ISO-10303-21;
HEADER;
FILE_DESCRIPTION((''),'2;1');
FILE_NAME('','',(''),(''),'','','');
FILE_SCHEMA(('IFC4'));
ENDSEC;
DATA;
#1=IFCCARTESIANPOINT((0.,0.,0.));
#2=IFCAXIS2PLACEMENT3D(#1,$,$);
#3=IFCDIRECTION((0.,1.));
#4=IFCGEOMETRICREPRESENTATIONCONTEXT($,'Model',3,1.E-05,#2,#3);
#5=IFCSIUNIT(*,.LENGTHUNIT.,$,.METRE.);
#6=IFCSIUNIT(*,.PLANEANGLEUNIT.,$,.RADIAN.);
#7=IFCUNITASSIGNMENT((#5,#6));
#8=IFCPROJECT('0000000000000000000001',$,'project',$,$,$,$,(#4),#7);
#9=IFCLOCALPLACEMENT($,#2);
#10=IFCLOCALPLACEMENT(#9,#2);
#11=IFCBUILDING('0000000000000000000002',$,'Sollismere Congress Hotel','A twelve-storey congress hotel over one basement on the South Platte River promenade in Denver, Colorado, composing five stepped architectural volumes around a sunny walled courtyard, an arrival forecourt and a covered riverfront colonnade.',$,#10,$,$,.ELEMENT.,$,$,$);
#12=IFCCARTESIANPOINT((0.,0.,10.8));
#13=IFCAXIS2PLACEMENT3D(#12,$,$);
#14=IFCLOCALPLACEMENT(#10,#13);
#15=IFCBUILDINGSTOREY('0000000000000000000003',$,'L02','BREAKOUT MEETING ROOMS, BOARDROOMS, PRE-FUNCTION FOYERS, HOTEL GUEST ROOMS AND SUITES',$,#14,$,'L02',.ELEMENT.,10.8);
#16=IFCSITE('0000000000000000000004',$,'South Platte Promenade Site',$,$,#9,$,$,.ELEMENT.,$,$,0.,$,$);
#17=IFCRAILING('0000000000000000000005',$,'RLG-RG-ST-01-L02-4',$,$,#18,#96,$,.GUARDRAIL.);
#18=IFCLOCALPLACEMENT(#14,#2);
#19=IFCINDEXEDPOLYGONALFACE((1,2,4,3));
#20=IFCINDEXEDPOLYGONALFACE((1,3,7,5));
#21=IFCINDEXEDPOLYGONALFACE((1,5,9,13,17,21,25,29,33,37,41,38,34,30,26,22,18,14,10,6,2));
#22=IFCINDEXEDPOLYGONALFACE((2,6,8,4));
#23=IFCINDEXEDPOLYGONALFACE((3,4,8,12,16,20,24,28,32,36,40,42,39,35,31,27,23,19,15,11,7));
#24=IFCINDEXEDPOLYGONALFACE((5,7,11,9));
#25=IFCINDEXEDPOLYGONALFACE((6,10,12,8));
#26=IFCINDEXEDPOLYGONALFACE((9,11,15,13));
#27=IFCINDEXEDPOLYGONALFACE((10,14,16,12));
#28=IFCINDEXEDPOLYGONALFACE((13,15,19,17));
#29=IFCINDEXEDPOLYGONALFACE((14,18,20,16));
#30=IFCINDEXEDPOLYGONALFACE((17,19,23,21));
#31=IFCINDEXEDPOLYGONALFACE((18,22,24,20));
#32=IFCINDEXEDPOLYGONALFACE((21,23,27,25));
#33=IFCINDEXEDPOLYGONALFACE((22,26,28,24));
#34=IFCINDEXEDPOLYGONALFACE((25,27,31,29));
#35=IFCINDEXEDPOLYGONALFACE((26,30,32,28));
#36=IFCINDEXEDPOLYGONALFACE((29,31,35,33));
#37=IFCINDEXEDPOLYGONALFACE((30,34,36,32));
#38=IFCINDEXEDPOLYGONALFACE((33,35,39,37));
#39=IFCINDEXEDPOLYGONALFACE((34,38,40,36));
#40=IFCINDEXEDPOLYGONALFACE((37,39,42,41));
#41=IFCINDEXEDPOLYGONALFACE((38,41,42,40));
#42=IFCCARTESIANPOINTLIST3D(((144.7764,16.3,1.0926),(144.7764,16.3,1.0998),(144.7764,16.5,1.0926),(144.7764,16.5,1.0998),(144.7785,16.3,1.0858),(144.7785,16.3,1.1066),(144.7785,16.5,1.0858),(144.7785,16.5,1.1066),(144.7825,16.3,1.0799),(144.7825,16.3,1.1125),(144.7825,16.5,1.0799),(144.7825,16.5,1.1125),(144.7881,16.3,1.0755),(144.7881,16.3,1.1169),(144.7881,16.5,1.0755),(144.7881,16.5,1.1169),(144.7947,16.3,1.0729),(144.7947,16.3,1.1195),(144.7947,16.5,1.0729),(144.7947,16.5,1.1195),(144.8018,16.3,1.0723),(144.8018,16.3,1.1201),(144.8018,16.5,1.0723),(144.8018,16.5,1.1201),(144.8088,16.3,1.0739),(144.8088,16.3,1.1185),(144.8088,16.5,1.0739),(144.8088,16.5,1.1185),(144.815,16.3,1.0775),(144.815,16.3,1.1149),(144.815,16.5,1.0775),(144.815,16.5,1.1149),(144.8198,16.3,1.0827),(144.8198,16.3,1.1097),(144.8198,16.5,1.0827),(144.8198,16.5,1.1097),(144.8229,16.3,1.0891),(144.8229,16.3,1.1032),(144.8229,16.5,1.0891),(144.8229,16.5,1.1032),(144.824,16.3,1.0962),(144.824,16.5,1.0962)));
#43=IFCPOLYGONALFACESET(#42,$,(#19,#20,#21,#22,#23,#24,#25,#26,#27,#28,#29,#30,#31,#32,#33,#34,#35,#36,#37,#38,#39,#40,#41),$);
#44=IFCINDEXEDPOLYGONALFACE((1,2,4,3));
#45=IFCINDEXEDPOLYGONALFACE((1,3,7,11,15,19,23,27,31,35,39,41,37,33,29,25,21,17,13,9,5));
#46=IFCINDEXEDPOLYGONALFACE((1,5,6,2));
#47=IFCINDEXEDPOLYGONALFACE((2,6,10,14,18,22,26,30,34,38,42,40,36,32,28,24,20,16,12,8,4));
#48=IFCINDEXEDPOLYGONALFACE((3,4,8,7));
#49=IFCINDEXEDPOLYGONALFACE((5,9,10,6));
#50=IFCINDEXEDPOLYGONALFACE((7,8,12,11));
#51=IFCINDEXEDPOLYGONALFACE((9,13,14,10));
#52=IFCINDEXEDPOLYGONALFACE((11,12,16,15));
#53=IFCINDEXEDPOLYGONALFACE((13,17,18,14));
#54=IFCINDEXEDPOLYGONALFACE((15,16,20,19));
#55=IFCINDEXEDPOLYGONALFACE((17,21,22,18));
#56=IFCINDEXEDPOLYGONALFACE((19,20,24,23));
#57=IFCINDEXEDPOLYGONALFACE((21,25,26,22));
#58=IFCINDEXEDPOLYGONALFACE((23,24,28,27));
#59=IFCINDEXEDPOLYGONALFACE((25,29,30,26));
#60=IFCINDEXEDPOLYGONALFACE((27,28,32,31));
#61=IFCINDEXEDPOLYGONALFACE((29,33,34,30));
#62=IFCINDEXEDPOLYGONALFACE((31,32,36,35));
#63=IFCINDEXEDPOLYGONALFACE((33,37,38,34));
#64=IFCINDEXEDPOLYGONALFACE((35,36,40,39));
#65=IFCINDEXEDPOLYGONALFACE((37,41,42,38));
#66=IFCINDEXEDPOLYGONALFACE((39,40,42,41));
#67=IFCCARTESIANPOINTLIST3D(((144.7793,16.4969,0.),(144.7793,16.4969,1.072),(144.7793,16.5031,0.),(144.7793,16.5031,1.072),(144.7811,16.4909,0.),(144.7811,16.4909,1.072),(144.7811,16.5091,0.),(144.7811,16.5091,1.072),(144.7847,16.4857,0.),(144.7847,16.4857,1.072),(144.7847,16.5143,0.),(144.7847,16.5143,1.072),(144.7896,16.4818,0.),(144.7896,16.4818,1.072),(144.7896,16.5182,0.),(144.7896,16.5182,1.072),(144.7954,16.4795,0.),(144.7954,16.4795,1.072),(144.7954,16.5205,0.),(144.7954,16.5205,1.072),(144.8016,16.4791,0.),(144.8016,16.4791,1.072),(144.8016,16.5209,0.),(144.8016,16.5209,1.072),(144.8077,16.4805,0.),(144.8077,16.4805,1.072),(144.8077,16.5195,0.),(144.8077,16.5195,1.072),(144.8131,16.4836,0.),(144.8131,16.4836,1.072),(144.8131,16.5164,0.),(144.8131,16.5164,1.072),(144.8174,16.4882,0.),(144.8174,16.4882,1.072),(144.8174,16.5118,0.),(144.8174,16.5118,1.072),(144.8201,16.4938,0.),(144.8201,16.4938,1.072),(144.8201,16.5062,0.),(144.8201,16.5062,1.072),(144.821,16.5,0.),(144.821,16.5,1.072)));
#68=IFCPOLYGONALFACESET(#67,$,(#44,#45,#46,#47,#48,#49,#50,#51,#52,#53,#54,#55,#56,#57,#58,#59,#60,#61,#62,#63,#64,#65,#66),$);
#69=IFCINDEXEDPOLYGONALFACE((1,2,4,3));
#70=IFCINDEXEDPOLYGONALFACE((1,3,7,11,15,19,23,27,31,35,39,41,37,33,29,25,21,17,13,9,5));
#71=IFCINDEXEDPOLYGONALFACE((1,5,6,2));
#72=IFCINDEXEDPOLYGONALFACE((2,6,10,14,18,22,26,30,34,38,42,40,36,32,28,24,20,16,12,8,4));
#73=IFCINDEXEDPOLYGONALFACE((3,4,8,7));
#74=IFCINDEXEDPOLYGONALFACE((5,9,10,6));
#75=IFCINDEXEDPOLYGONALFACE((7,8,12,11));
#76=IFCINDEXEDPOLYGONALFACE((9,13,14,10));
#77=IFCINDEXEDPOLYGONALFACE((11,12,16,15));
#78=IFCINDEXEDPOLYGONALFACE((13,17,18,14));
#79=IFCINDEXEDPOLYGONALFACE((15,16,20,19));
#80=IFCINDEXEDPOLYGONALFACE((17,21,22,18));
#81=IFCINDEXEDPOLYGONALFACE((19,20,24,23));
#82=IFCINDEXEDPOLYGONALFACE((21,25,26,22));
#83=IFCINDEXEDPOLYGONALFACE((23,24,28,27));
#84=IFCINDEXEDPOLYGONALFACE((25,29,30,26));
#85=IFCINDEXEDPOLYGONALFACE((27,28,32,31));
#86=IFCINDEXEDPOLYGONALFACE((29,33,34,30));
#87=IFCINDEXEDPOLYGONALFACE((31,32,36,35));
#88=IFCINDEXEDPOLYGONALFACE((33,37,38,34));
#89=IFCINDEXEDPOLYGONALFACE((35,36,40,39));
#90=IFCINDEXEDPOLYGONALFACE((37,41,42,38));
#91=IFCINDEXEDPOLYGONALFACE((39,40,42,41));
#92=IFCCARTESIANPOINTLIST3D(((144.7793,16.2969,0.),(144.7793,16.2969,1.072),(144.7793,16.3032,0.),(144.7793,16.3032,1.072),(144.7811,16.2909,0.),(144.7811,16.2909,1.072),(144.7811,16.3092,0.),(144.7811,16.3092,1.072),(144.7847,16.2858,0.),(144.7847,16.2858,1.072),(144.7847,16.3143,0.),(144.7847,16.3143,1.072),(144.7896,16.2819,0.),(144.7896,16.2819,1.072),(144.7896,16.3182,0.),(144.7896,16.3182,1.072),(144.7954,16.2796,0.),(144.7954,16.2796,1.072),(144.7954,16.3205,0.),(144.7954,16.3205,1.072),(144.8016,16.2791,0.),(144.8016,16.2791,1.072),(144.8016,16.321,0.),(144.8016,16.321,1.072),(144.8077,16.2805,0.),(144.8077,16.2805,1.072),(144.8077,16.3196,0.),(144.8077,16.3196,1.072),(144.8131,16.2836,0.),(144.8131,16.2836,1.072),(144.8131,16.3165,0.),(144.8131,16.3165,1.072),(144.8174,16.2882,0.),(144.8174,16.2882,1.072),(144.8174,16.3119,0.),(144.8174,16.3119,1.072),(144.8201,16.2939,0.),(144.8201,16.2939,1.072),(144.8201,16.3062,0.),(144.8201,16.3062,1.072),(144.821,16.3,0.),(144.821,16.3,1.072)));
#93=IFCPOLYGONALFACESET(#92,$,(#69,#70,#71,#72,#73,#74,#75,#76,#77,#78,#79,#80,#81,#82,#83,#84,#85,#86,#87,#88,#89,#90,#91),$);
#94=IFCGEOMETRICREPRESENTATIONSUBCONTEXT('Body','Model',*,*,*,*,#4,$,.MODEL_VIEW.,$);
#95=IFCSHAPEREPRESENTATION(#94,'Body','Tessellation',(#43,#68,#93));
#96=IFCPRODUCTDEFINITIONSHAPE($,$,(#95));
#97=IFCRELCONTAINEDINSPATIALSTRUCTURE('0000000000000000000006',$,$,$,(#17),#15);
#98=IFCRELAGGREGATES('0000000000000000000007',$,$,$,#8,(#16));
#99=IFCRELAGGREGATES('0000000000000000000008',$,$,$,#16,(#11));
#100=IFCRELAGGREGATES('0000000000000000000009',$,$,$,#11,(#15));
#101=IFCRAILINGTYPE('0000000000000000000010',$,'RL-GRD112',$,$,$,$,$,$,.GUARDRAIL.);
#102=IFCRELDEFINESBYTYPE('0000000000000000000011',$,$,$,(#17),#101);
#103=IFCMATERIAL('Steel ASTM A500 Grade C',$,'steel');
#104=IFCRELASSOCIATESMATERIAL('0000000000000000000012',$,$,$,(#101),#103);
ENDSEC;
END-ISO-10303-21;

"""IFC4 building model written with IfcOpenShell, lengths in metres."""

from ifc_helpers import new_model, si_unit, direction, frame, origin, origin_2d, place, context, subcontext, project, spatial, circle, extrude, material, type_object, element, save


model = new_model("IFC4")

# Units and contexts
model_context = context("Model", 3, precision=1e-05, world=origin(), true_north=direction((0.0, 1.0)))
body_context = subcontext(model_context, "Body", "Model", "MODEL_VIEW")
ifc_project = project(units=[si_unit("LENGTHUNIT", "METRE"), si_unit("PLANEANGLEUNIT", "RADIAN")], contexts=[model_context])

# Site, building, storey
site_placement = place(None, origin())
site = spatial("IfcSite", under=ifc_project, at=site_placement, Name="South Platte Promenade Site", CompositionType="ELEMENT", RefElevation=0.0)
building_placement = place(site_placement, origin())
building = spatial("IfcBuilding", under=site, at=building_placement, Name="Sollismere Congress Hotel", Description="A twelve-storey congress hotel over one basement on the South Platte River promenade in Denver, Colorado, composing five stepped architectural volumes around a sunny walled courtyard, an arrival forecourt and a covered riverfront colonnade.", CompositionType="ELEMENT")
storey_placement = place(building_placement, frame((0.0, 0.0, 10.8)))
storey = spatial("IfcBuildingStorey", under=building, at=storey_placement, Name="L02", Description="BREAKOUT MEETING ROOMS, BOARDROOMS, PRE-FUNCTION FOYERS, HOTEL GUEST ROOMS AND SUITES", LongName="L02", CompositionType="ELEMENT", Elevation=10.8)

# Railing
ifc_material_1 = material(Name="Steel ASTM A500 Grade C", Category="steel")
railing_type_1 = type_object("IfcRailingType", Name="RL-GRD112", PredefinedType="GUARDRAIL", material=ifc_material_1)
railing_1_placement = place(storey_placement, frame((144.8, 16.5, 0.0)))
element("IfcRailing", 1, at=railing_1_placement, inside=storey, type_object=railing_type_1, Name="RLG-RG-ST-01-L02-4", PredefinedType="GUARDRAIL", context=body_context, shape_type="SweptSolid", body=[
    extrude(circle(Radius=0.0239, at=origin_2d()), frame((0.0, 0.0, 1.0962), z_axis=(0.0, -1.0, 0.0), x_axis=(1.0, 0.0, 0.0)), (0.0, 0.0, 1.0), 0.2),
    extrude(circle(Radius=0.021, at=origin_2d()), origin(), (0.0, 0.0, 1.0), 1.072),
    extrude(circle(Radius=0.021, at=origin_2d()), frame((0.0, -0.2, 0.0)), (0.0, 0.0, 1.0), 1.072),
])

save(model, "model.ifc")
